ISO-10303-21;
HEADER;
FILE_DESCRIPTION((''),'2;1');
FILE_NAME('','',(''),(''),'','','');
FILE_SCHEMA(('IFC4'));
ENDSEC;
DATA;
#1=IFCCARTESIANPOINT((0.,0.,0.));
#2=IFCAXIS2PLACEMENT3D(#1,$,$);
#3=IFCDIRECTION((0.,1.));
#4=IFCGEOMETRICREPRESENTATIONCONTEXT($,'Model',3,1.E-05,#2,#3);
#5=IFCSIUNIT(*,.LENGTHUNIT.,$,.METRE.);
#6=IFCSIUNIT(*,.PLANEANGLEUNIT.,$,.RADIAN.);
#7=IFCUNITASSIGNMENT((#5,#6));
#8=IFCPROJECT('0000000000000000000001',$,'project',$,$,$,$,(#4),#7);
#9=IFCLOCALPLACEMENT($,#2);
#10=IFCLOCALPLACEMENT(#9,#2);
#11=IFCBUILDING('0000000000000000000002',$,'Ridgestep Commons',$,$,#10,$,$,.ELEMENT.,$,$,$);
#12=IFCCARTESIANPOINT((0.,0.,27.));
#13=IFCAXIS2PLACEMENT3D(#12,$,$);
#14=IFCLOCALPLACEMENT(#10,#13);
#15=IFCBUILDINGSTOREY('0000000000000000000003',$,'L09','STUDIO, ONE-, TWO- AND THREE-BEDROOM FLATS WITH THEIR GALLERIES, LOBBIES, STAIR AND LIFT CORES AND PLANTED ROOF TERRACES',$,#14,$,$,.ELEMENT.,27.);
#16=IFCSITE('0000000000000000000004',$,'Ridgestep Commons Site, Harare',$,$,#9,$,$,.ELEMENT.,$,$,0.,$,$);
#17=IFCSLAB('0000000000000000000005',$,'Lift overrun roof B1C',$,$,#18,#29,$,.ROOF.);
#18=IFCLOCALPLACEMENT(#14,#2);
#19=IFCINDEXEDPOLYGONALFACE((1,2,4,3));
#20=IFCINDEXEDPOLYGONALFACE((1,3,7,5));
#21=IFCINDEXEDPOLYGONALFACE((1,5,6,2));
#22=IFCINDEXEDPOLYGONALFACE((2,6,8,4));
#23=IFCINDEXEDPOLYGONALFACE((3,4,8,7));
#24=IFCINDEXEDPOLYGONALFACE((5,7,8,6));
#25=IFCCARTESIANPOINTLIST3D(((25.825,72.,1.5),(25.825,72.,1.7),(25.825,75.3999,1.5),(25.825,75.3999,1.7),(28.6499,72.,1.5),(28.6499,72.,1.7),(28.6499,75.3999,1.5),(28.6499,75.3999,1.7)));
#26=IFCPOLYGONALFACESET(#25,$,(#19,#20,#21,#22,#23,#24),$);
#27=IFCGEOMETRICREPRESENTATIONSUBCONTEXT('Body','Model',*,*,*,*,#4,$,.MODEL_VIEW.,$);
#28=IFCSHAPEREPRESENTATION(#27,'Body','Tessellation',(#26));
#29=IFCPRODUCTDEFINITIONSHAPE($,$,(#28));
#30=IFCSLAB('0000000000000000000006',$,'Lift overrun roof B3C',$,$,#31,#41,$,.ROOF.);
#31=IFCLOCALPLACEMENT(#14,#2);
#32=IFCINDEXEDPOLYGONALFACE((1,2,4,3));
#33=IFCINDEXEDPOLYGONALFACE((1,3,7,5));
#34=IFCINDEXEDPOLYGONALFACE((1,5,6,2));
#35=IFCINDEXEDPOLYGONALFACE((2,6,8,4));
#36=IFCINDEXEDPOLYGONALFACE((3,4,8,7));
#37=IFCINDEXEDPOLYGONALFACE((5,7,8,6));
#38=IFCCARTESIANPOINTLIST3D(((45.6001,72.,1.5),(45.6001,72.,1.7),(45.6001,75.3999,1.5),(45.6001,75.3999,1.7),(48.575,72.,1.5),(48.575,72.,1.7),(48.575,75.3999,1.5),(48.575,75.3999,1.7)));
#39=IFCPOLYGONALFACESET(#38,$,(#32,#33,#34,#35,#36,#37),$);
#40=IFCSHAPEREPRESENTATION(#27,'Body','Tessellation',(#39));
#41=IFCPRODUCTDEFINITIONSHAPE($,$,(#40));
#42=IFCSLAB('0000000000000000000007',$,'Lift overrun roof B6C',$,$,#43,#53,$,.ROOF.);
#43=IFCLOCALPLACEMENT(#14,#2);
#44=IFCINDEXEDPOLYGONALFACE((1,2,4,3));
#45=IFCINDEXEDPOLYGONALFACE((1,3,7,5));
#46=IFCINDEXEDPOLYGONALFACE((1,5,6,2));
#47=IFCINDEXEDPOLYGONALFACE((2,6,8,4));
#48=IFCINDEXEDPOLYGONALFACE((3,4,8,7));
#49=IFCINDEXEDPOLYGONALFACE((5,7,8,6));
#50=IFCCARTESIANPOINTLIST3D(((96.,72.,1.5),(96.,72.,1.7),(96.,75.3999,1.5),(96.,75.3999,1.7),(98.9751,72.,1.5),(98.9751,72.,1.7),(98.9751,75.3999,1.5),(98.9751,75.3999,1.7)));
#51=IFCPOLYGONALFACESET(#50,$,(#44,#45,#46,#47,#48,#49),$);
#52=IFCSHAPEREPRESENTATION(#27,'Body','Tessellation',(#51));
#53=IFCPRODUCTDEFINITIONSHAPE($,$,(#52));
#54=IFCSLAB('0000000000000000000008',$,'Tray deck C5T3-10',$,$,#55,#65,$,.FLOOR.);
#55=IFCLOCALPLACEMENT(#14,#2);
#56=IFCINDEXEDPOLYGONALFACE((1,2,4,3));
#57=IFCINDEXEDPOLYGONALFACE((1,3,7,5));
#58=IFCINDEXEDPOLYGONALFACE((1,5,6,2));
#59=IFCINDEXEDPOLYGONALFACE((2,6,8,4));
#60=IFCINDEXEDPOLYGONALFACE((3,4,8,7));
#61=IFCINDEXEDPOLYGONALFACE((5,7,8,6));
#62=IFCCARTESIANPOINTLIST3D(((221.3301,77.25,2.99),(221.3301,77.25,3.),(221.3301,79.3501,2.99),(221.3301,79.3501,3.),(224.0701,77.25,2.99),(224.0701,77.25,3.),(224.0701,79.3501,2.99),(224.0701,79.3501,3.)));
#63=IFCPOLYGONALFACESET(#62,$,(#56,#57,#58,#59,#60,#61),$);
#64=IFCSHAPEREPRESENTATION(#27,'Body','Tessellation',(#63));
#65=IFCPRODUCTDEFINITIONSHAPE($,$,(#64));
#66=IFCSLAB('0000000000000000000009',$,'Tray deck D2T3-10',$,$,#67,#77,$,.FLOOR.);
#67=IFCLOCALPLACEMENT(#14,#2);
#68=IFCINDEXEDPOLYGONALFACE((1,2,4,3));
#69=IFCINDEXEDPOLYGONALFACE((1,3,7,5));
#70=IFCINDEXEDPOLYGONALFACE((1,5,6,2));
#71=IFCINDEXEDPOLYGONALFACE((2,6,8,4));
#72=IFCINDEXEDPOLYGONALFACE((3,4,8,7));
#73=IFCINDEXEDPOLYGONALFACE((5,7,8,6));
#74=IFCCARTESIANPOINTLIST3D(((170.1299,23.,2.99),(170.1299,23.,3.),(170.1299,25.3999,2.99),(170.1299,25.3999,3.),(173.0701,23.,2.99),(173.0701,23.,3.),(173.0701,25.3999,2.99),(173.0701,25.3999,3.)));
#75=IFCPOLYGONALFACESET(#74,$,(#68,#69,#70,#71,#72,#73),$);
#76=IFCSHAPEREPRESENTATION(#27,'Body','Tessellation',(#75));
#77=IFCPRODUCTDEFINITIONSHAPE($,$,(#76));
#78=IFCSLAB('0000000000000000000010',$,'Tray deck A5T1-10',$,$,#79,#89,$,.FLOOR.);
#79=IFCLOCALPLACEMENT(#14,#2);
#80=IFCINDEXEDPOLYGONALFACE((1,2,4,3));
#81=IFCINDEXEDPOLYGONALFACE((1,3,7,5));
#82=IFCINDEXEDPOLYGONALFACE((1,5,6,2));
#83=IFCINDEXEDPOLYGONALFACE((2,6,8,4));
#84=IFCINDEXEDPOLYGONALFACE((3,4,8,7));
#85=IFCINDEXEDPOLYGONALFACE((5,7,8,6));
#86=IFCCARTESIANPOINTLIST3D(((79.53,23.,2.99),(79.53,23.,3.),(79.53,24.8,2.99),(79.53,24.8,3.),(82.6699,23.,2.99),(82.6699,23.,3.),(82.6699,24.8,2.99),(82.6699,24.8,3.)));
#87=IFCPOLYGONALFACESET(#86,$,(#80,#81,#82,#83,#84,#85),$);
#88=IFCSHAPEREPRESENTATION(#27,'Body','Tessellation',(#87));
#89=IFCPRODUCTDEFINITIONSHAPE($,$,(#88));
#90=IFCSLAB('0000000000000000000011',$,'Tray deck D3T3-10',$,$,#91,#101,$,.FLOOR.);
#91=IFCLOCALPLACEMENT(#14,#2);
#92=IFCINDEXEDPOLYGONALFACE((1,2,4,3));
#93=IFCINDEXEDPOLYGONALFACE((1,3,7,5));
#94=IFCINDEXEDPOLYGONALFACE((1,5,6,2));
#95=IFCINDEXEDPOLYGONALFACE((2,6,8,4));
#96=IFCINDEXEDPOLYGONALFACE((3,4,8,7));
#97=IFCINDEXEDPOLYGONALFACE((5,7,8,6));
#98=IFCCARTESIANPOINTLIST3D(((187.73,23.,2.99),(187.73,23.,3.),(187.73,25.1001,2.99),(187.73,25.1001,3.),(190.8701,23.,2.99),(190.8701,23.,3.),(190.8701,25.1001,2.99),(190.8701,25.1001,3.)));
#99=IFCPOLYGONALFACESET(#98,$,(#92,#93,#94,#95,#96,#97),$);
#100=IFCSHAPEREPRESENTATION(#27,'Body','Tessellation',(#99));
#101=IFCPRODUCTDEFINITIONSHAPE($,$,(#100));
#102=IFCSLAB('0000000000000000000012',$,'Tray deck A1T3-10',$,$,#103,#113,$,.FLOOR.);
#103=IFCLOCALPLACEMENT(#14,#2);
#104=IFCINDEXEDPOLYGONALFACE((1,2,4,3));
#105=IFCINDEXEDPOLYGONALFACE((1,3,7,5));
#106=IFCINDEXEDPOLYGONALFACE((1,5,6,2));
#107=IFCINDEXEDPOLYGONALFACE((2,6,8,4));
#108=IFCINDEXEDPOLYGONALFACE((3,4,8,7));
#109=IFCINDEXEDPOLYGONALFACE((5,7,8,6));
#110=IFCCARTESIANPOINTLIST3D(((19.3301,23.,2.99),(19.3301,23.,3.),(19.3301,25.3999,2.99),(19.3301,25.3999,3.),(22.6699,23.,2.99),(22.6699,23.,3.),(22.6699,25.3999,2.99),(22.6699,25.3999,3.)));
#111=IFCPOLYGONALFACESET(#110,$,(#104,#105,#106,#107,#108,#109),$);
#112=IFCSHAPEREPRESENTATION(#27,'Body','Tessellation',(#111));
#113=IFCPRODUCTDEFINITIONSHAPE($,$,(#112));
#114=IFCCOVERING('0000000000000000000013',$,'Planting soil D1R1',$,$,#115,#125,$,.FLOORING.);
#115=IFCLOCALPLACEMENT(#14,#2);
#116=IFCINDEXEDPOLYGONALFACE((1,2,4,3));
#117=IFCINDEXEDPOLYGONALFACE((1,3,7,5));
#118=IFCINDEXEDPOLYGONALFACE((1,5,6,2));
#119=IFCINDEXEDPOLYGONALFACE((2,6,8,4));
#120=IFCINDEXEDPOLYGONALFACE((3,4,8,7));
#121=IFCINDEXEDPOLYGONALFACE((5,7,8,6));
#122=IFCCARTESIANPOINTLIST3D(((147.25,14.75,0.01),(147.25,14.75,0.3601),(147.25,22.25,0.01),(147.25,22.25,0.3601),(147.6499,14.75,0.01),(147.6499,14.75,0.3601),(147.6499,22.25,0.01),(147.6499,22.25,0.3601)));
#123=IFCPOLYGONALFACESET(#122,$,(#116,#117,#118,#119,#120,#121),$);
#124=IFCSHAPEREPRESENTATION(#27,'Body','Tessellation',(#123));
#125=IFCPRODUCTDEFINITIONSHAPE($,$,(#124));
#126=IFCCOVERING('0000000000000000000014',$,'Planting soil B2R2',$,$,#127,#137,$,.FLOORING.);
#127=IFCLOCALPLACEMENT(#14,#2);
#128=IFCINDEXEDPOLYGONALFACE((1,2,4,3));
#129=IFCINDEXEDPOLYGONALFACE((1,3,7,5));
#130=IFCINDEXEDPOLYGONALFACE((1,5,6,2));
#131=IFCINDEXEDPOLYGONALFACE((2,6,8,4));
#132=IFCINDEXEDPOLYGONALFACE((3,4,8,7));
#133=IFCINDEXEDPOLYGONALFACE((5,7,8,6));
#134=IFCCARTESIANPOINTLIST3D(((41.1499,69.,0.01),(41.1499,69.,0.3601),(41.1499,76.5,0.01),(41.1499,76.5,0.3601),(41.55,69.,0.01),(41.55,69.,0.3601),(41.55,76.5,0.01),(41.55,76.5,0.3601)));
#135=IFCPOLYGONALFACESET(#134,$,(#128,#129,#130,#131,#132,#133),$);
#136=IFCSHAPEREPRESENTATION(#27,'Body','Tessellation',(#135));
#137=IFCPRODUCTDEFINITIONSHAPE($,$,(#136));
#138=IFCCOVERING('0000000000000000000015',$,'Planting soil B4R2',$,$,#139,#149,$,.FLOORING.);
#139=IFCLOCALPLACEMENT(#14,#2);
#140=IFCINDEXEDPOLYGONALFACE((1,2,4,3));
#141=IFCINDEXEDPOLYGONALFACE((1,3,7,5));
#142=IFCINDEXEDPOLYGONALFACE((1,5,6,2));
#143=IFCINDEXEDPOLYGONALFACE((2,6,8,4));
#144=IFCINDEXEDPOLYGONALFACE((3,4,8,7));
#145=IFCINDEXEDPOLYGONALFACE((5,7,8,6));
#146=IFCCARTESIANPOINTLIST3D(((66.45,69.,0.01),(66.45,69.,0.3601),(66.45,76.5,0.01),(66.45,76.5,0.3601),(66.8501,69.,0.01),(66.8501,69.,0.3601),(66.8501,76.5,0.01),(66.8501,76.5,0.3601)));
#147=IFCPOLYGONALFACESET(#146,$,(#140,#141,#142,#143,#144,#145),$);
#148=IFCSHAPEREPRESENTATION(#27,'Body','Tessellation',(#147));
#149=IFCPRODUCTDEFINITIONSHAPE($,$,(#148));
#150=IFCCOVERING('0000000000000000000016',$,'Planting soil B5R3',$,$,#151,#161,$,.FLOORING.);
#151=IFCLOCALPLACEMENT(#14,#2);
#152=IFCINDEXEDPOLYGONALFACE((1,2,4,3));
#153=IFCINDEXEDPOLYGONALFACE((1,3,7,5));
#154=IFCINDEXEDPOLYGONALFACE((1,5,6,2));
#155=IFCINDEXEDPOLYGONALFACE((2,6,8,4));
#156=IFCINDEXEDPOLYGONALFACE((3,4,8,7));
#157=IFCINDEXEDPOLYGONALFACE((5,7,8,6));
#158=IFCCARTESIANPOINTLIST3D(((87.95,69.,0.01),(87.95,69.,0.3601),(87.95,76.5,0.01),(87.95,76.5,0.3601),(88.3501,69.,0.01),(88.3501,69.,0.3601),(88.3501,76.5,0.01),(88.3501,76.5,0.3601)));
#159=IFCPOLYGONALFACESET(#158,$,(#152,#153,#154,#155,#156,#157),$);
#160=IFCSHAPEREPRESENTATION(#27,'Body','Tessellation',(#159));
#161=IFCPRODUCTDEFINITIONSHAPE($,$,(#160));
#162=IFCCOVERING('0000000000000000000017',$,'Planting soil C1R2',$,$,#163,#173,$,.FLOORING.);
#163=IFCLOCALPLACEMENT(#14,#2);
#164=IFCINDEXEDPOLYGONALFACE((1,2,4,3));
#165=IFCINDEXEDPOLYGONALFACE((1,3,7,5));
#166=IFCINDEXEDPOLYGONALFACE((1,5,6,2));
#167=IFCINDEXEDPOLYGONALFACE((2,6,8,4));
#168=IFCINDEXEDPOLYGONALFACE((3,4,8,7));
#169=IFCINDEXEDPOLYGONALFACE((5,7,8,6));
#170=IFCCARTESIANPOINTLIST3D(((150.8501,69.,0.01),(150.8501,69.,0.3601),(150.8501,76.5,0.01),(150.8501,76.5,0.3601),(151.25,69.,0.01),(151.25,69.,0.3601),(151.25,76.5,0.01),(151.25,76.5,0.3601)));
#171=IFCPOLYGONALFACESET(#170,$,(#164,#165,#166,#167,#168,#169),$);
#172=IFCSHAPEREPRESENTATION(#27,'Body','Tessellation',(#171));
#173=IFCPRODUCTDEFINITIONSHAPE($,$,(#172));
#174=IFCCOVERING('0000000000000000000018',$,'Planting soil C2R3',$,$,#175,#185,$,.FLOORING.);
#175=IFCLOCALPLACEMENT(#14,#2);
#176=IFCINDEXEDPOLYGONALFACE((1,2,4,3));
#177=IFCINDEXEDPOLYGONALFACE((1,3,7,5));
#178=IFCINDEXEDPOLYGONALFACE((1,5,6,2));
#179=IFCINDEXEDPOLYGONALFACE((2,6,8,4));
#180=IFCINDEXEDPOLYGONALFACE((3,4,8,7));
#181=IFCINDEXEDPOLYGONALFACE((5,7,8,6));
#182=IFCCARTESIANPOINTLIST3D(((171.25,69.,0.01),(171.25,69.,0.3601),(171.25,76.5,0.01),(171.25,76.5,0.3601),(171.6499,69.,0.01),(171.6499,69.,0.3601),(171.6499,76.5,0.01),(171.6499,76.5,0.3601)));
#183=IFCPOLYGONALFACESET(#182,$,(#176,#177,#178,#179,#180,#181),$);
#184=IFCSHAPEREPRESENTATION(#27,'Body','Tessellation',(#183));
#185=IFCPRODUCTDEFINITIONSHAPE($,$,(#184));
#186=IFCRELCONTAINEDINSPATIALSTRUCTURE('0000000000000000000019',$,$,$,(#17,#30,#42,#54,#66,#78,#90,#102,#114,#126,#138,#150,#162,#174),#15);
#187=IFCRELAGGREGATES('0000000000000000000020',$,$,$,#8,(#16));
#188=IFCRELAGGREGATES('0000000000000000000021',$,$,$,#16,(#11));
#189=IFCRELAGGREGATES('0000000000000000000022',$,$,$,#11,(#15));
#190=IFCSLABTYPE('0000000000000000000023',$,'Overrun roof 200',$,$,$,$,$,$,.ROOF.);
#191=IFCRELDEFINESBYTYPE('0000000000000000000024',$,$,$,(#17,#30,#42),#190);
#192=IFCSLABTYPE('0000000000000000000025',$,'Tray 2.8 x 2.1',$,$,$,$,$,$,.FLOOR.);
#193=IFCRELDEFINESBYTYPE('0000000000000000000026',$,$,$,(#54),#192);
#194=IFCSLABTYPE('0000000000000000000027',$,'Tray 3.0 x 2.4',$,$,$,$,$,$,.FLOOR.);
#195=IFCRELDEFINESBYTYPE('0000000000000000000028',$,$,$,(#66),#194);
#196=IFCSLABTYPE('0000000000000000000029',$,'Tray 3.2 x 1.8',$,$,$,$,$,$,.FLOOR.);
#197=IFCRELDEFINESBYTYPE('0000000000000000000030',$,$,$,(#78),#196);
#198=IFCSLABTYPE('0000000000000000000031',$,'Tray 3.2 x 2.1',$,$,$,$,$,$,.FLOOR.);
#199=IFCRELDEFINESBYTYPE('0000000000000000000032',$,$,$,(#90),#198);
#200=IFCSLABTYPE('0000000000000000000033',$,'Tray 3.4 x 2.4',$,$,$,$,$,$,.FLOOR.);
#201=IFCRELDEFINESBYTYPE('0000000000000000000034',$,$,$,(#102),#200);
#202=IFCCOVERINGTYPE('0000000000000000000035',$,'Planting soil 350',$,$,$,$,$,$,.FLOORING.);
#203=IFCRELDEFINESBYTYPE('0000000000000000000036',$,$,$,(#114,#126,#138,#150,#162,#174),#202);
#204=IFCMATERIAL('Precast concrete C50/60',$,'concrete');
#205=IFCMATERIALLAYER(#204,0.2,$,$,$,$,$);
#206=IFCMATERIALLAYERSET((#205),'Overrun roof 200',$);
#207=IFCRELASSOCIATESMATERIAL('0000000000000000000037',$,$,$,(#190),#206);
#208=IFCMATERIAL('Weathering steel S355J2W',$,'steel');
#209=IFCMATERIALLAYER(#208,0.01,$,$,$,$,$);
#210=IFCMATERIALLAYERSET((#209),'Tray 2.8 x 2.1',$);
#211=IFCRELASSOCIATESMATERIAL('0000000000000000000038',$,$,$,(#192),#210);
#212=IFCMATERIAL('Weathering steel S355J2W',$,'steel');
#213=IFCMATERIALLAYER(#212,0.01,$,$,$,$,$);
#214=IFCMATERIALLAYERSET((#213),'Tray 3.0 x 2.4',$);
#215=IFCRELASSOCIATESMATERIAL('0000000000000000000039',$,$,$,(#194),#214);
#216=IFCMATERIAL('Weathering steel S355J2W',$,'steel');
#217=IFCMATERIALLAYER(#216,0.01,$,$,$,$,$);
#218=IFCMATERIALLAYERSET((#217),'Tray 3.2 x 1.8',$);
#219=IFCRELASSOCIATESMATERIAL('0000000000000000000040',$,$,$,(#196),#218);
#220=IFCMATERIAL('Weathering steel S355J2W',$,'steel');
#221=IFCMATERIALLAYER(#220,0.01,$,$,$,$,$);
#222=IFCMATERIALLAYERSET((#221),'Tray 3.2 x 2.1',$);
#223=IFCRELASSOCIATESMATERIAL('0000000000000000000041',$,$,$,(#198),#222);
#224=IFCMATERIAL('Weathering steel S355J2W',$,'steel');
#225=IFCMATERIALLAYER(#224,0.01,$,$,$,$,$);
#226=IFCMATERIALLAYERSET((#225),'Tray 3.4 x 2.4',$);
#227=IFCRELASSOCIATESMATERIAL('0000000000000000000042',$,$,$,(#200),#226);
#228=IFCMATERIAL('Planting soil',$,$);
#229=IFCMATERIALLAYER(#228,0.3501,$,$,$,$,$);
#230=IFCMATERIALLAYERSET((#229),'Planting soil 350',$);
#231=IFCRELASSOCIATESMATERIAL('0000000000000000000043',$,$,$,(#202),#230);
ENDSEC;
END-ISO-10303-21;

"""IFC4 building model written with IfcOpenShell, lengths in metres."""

from ifc_helpers import new_model, si_unit, direction, frame, origin, place, context, subcontext, project, spatial, polyline, outline, extrude, material, layer, layer_set, type_object, element, save


model = new_model("IFC4")

# Units and contexts
model_context = context("Model", 3, precision=1e-05, world=origin(), true_north=direction((0.0, 1.0)))
body_context = subcontext(model_context, "Body", "Model", "MODEL_VIEW")
ifc_project = project(units=[si_unit("LENGTHUNIT", "METRE"), si_unit("PLANEANGLEUNIT", "RADIAN")], contexts=[model_context])

# Site, building, storey
site_placement = place(None, origin())
site = spatial("IfcSite", under=ifc_project, at=site_placement, Name="Ridgestep Commons Site, Harare", CompositionType="ELEMENT", RefElevation=0.0)
building_placement = place(site_placement, origin())
building = spatial("IfcBuilding", under=site, at=building_placement, Name="Ridgestep Commons", CompositionType="ELEMENT")
storey_placement = place(building_placement, frame((0.0, 0.0, 27.0)))
storey = spatial("IfcBuildingStorey", under=building, at=storey_placement, Name="L09", Description="STUDIO, ONE-, TWO- AND THREE-BEDROOM FLATS WITH THEIR GALLERIES, LOBBIES, STAIR AND LIFT CORES AND PLANTED ROOF TERRACES", CompositionType="ELEMENT", Elevation=27.0)

# Slabs
ifc_material_1 = material(Name="Precast concrete C50/60", Category="concrete")
ifc_layer_1 = layer(ifc_material_1, 0.2)
ifc_layer_set_1 = layer_set([ifc_layer_1], Name="Overrun roof 200")
slab_type_1 = type_object("IfcSlabType", Name="Overrun roof 200", PredefinedType="ROOF", material=ifc_layer_set_1)
slab_1_placement = place(storey_placement, frame((0.0, 0.0, 1.5)))
element("IfcSlab", 1, at=slab_1_placement, inside=storey, type_object=slab_type_1, Name="Lift overrun roof B1C", PredefinedType="ROOF", context=body_context, shape_type="SweptSolid", body=[
    extrude(outline(polyline([(25.825, 72.0), (28.6499, 72.0), (28.6499, 75.3999), (25.825, 75.3999), (25.825, 72.0)])), origin(), (0.0, 0.0, 1.0), 0.2),
])
slab_2_placement = place(storey_placement, frame((0.0, 0.0, 1.5)))
element("IfcSlab", 2, at=slab_2_placement, inside=storey, type_object=slab_type_1, Name="Lift overrun roof B3C", PredefinedType="ROOF", context=body_context, shape_type="SweptSolid", body=[
    extrude(outline(polyline([(48.575, 72.0), (48.575, 75.3999), (45.6001, 75.3999), (45.6001, 72.0), (48.575, 72.0)])), origin(), (0.0, 0.0, 1.0), 0.2),
])
slab_3_placement = place(storey_placement, frame((0.0, 0.0, 1.5)))
element("IfcSlab", 3, at=slab_3_placement, inside=storey, type_object=slab_type_1, Name="Lift overrun roof B6C", PredefinedType="ROOF", context=body_context, shape_type="SweptSolid", body=[
    extrude(outline(polyline([(98.9751, 72.0), (98.9751, 75.3999), (96.0, 75.3999), (96.0, 72.0), (98.9751, 72.0)])), origin(), (0.0, 0.0, 1.0), 0.2),
])
ifc_material_2 = material(Name="Weathering steel S355J2W", Category="steel")
ifc_layer_2 = layer(ifc_material_2, 0.01)
ifc_layer_set_2 = layer_set([ifc_layer_2], Name="Tray 2.8 x 2.1")
slab_type_2 = type_object("IfcSlabType", Name="Tray 2.8 x 2.1", PredefinedType="FLOOR", material=ifc_layer_set_2)
slab_4_placement = place(storey_placement, frame((0.0, 0.0, 2.99)))
element("IfcSlab", 4, at=slab_4_placement, inside=storey, type_object=slab_type_2, Name="Tray deck C5T3-10", PredefinedType="FLOOR", context=body_context, shape_type="SweptSolid", body=[
    extrude(outline(polyline([(221.3301, 77.25), (224.0701, 77.25), (224.0701, 79.3501), (221.3301, 79.3501), (221.3301, 77.25)])), origin(), (0.0, 0.0, 1.0), 0.01),
])
ifc_material_3 = material(Name="Weathering steel S355J2W", Category="steel")
ifc_layer_3 = layer(ifc_material_3, 0.01)
ifc_layer_set_3 = layer_set([ifc_layer_3], Name="Tray 3.0 x 2.4")
slab_type_3 = type_object("IfcSlabType", Name="Tray 3.0 x 2.4", PredefinedType="FLOOR", material=ifc_layer_set_3)
slab_5_placement = place(storey_placement, frame((0.0, 0.0, 2.99)))
element("IfcSlab", 5, at=slab_5_placement, inside=storey, type_object=slab_type_3, Name="Tray deck D2T3-10", PredefinedType="FLOOR", context=body_context, shape_type="SweptSolid", body=[
    extrude(outline(polyline([(170.1299, 23.0), (173.0701, 23.0), (173.0701, 25.3999), (170.1299, 25.3999), (170.1299, 23.0)])), origin(), (0.0, 0.0, 1.0), 0.01),
])
ifc_material_4 = material(Name="Weathering steel S355J2W", Category="steel")
ifc_layer_4 = layer(ifc_material_4, 0.01)
ifc_layer_set_4 = layer_set([ifc_layer_4], Name="Tray 3.2 x 1.8")
slab_type_4 = type_object("IfcSlabType", Name="Tray 3.2 x 1.8", PredefinedType="FLOOR", material=ifc_layer_set_4)
slab_6_placement = place(storey_placement, frame((0.0, 0.0, 2.99)))
element("IfcSlab", 6, at=slab_6_placement, inside=storey, type_object=slab_type_4, Name="Tray deck A5T1-10", PredefinedType="FLOOR", context=body_context, shape_type="SweptSolid", body=[
    extrude(outline(polyline([(79.53, 23.0), (82.6699, 23.0), (82.6699, 24.8), (79.53, 24.8), (79.53, 23.0)])), origin(), (0.0, 0.0, 1.0), 0.01),
])
ifc_material_5 = material(Name="Weathering steel S355J2W", Category="steel")
ifc_layer_5 = layer(ifc_material_5, 0.01)
ifc_layer_set_5 = layer_set([ifc_layer_5], Name="Tray 3.2 x 2.1")
slab_type_5 = type_object("IfcSlabType", Name="Tray 3.2 x 2.1", PredefinedType="FLOOR", material=ifc_layer_set_5)
slab_7_placement = place(storey_placement, frame((0.0, 0.0, 2.99)))
element("IfcSlab", 7, at=slab_7_placement, inside=storey, type_object=slab_type_5, Name="Tray deck D3T3-10", PredefinedType="FLOOR", context=body_context, shape_type="SweptSolid", body=[
    extrude(outline(polyline([(187.73, 23.0), (190.8701, 23.0), (190.8701, 25.1001), (187.73, 25.1001), (187.73, 23.0)])), origin(), (0.0, 0.0, 1.0), 0.01),
])
ifc_material_6 = material(Name="Weathering steel S355J2W", Category="steel")
ifc_layer_6 = layer(ifc_material_6, 0.01)
ifc_layer_set_6 = layer_set([ifc_layer_6], Name="Tray 3.4 x 2.4")
slab_type_6 = type_object("IfcSlabType", Name="Tray 3.4 x 2.4", PredefinedType="FLOOR", material=ifc_layer_set_6)
slab_8_placement = place(storey_placement, frame((0.0, 0.0, 2.99)))
element("IfcSlab", 8, at=slab_8_placement, inside=storey, type_object=slab_type_6, Name="Tray deck A1T3-10", PredefinedType="FLOOR", context=body_context, shape_type="SweptSolid", body=[
    extrude(outline(polyline([(19.3301, 23.0), (22.6699, 23.0), (22.6699, 25.3999), (19.3301, 25.3999), (19.3301, 23.0)])), origin(), (0.0, 0.0, 1.0), 0.01),
])

# Coverings
ifc_material_7 = material(Name="Planting soil")
ifc_layer_7 = layer(ifc_material_7, 0.3501)
ifc_layer_set_7 = layer_set([ifc_layer_7], Name="Planting soil 350")
covering_type_1 = type_object("IfcCoveringType", Name="Planting soil 350", PredefinedType="FLOORING", material=ifc_layer_set_7)
covering_1_placement = place(storey_placement, frame((0.0, 0.0, 0.01)))
element("IfcCovering", 9, at=covering_1_placement, inside=storey, type_object=covering_type_1, Name="Planting soil D1R1", PredefinedType="FLOORING", context=body_context, shape_type="SweptSolid", body=[
    extrude(outline(polyline([(147.25, 14.75), (147.6499, 14.75), (147.6499, 22.25), (147.25, 22.25), (147.25, 14.75)])), origin(), (0.0, 0.0, 1.0), 0.3501),
])
covering_2_placement = place(storey_placement, frame((0.0, 0.0, 0.01)))
element("IfcCovering", 10, at=covering_2_placement, inside=storey, type_object=covering_type_1, Name="Planting soil B2R2", PredefinedType="FLOORING", context=body_context, shape_type="SweptSolid", body=[
    extrude(outline(polyline([(41.1499, 69.0), (41.55, 69.0), (41.55, 76.5), (41.1499, 76.5), (41.1499, 69.0)])), origin(), (0.0, 0.0, 1.0), 0.3501),
])
covering_3_placement = place(storey_placement, frame((0.0, 0.0, 0.01)))
element("IfcCovering", 11, at=covering_3_placement, inside=storey, type_object=covering_type_1, Name="Planting soil B4R2", PredefinedType="FLOORING", context=body_context, shape_type="SweptSolid", body=[
    extrude(outline(polyline([(66.45, 69.0), (66.8501, 69.0), (66.8501, 76.5), (66.45, 76.5), (66.45, 69.0)])), origin(), (0.0, 0.0, 1.0), 0.3501),
])
covering_4_placement = place(storey_placement, frame((0.0, 0.0, 0.01)))
element("IfcCovering", 12, at=covering_4_placement, inside=storey, type_object=covering_type_1, Name="Planting soil B5R3", PredefinedType="FLOORING", context=body_context, shape_type="SweptSolid", body=[
    extrude(outline(polyline([(87.95, 69.0), (88.3501, 69.0), (88.3501, 76.5), (87.95, 76.5), (87.95, 69.0)])), origin(), (0.0, 0.0, 1.0), 0.3501),
])
covering_5_placement = place(storey_placement, frame((0.0, 0.0, 0.01)))
element("IfcCovering", 13, at=covering_5_placement, inside=storey, type_object=covering_type_1, Name="Planting soil C1R2", PredefinedType="FLOORING", context=body_context, shape_type="SweptSolid", body=[
    extrude(outline(polyline([(150.8501, 69.0), (151.25, 69.0), (151.25, 76.5), (150.8501, 76.5), (150.8501, 69.0)])), origin(), (0.0, 0.0, 1.0), 0.3501),
])
covering_6_placement = place(storey_placement, frame((0.0, 0.0, 0.01)))
element("IfcCovering", 14, at=covering_6_placement, inside=storey, type_object=covering_type_1, Name="Planting soil C2R3", PredefinedType="FLOORING", context=body_context, shape_type="SweptSolid", body=[
    extrude(outline(polyline([(171.25, 69.0), (171.6499, 69.0), (171.6499, 76.5), (171.25, 76.5), (171.25, 69.0)])), origin(), (0.0, 0.0, 1.0), 0.3501),
])

save(model, "model.ifc")
